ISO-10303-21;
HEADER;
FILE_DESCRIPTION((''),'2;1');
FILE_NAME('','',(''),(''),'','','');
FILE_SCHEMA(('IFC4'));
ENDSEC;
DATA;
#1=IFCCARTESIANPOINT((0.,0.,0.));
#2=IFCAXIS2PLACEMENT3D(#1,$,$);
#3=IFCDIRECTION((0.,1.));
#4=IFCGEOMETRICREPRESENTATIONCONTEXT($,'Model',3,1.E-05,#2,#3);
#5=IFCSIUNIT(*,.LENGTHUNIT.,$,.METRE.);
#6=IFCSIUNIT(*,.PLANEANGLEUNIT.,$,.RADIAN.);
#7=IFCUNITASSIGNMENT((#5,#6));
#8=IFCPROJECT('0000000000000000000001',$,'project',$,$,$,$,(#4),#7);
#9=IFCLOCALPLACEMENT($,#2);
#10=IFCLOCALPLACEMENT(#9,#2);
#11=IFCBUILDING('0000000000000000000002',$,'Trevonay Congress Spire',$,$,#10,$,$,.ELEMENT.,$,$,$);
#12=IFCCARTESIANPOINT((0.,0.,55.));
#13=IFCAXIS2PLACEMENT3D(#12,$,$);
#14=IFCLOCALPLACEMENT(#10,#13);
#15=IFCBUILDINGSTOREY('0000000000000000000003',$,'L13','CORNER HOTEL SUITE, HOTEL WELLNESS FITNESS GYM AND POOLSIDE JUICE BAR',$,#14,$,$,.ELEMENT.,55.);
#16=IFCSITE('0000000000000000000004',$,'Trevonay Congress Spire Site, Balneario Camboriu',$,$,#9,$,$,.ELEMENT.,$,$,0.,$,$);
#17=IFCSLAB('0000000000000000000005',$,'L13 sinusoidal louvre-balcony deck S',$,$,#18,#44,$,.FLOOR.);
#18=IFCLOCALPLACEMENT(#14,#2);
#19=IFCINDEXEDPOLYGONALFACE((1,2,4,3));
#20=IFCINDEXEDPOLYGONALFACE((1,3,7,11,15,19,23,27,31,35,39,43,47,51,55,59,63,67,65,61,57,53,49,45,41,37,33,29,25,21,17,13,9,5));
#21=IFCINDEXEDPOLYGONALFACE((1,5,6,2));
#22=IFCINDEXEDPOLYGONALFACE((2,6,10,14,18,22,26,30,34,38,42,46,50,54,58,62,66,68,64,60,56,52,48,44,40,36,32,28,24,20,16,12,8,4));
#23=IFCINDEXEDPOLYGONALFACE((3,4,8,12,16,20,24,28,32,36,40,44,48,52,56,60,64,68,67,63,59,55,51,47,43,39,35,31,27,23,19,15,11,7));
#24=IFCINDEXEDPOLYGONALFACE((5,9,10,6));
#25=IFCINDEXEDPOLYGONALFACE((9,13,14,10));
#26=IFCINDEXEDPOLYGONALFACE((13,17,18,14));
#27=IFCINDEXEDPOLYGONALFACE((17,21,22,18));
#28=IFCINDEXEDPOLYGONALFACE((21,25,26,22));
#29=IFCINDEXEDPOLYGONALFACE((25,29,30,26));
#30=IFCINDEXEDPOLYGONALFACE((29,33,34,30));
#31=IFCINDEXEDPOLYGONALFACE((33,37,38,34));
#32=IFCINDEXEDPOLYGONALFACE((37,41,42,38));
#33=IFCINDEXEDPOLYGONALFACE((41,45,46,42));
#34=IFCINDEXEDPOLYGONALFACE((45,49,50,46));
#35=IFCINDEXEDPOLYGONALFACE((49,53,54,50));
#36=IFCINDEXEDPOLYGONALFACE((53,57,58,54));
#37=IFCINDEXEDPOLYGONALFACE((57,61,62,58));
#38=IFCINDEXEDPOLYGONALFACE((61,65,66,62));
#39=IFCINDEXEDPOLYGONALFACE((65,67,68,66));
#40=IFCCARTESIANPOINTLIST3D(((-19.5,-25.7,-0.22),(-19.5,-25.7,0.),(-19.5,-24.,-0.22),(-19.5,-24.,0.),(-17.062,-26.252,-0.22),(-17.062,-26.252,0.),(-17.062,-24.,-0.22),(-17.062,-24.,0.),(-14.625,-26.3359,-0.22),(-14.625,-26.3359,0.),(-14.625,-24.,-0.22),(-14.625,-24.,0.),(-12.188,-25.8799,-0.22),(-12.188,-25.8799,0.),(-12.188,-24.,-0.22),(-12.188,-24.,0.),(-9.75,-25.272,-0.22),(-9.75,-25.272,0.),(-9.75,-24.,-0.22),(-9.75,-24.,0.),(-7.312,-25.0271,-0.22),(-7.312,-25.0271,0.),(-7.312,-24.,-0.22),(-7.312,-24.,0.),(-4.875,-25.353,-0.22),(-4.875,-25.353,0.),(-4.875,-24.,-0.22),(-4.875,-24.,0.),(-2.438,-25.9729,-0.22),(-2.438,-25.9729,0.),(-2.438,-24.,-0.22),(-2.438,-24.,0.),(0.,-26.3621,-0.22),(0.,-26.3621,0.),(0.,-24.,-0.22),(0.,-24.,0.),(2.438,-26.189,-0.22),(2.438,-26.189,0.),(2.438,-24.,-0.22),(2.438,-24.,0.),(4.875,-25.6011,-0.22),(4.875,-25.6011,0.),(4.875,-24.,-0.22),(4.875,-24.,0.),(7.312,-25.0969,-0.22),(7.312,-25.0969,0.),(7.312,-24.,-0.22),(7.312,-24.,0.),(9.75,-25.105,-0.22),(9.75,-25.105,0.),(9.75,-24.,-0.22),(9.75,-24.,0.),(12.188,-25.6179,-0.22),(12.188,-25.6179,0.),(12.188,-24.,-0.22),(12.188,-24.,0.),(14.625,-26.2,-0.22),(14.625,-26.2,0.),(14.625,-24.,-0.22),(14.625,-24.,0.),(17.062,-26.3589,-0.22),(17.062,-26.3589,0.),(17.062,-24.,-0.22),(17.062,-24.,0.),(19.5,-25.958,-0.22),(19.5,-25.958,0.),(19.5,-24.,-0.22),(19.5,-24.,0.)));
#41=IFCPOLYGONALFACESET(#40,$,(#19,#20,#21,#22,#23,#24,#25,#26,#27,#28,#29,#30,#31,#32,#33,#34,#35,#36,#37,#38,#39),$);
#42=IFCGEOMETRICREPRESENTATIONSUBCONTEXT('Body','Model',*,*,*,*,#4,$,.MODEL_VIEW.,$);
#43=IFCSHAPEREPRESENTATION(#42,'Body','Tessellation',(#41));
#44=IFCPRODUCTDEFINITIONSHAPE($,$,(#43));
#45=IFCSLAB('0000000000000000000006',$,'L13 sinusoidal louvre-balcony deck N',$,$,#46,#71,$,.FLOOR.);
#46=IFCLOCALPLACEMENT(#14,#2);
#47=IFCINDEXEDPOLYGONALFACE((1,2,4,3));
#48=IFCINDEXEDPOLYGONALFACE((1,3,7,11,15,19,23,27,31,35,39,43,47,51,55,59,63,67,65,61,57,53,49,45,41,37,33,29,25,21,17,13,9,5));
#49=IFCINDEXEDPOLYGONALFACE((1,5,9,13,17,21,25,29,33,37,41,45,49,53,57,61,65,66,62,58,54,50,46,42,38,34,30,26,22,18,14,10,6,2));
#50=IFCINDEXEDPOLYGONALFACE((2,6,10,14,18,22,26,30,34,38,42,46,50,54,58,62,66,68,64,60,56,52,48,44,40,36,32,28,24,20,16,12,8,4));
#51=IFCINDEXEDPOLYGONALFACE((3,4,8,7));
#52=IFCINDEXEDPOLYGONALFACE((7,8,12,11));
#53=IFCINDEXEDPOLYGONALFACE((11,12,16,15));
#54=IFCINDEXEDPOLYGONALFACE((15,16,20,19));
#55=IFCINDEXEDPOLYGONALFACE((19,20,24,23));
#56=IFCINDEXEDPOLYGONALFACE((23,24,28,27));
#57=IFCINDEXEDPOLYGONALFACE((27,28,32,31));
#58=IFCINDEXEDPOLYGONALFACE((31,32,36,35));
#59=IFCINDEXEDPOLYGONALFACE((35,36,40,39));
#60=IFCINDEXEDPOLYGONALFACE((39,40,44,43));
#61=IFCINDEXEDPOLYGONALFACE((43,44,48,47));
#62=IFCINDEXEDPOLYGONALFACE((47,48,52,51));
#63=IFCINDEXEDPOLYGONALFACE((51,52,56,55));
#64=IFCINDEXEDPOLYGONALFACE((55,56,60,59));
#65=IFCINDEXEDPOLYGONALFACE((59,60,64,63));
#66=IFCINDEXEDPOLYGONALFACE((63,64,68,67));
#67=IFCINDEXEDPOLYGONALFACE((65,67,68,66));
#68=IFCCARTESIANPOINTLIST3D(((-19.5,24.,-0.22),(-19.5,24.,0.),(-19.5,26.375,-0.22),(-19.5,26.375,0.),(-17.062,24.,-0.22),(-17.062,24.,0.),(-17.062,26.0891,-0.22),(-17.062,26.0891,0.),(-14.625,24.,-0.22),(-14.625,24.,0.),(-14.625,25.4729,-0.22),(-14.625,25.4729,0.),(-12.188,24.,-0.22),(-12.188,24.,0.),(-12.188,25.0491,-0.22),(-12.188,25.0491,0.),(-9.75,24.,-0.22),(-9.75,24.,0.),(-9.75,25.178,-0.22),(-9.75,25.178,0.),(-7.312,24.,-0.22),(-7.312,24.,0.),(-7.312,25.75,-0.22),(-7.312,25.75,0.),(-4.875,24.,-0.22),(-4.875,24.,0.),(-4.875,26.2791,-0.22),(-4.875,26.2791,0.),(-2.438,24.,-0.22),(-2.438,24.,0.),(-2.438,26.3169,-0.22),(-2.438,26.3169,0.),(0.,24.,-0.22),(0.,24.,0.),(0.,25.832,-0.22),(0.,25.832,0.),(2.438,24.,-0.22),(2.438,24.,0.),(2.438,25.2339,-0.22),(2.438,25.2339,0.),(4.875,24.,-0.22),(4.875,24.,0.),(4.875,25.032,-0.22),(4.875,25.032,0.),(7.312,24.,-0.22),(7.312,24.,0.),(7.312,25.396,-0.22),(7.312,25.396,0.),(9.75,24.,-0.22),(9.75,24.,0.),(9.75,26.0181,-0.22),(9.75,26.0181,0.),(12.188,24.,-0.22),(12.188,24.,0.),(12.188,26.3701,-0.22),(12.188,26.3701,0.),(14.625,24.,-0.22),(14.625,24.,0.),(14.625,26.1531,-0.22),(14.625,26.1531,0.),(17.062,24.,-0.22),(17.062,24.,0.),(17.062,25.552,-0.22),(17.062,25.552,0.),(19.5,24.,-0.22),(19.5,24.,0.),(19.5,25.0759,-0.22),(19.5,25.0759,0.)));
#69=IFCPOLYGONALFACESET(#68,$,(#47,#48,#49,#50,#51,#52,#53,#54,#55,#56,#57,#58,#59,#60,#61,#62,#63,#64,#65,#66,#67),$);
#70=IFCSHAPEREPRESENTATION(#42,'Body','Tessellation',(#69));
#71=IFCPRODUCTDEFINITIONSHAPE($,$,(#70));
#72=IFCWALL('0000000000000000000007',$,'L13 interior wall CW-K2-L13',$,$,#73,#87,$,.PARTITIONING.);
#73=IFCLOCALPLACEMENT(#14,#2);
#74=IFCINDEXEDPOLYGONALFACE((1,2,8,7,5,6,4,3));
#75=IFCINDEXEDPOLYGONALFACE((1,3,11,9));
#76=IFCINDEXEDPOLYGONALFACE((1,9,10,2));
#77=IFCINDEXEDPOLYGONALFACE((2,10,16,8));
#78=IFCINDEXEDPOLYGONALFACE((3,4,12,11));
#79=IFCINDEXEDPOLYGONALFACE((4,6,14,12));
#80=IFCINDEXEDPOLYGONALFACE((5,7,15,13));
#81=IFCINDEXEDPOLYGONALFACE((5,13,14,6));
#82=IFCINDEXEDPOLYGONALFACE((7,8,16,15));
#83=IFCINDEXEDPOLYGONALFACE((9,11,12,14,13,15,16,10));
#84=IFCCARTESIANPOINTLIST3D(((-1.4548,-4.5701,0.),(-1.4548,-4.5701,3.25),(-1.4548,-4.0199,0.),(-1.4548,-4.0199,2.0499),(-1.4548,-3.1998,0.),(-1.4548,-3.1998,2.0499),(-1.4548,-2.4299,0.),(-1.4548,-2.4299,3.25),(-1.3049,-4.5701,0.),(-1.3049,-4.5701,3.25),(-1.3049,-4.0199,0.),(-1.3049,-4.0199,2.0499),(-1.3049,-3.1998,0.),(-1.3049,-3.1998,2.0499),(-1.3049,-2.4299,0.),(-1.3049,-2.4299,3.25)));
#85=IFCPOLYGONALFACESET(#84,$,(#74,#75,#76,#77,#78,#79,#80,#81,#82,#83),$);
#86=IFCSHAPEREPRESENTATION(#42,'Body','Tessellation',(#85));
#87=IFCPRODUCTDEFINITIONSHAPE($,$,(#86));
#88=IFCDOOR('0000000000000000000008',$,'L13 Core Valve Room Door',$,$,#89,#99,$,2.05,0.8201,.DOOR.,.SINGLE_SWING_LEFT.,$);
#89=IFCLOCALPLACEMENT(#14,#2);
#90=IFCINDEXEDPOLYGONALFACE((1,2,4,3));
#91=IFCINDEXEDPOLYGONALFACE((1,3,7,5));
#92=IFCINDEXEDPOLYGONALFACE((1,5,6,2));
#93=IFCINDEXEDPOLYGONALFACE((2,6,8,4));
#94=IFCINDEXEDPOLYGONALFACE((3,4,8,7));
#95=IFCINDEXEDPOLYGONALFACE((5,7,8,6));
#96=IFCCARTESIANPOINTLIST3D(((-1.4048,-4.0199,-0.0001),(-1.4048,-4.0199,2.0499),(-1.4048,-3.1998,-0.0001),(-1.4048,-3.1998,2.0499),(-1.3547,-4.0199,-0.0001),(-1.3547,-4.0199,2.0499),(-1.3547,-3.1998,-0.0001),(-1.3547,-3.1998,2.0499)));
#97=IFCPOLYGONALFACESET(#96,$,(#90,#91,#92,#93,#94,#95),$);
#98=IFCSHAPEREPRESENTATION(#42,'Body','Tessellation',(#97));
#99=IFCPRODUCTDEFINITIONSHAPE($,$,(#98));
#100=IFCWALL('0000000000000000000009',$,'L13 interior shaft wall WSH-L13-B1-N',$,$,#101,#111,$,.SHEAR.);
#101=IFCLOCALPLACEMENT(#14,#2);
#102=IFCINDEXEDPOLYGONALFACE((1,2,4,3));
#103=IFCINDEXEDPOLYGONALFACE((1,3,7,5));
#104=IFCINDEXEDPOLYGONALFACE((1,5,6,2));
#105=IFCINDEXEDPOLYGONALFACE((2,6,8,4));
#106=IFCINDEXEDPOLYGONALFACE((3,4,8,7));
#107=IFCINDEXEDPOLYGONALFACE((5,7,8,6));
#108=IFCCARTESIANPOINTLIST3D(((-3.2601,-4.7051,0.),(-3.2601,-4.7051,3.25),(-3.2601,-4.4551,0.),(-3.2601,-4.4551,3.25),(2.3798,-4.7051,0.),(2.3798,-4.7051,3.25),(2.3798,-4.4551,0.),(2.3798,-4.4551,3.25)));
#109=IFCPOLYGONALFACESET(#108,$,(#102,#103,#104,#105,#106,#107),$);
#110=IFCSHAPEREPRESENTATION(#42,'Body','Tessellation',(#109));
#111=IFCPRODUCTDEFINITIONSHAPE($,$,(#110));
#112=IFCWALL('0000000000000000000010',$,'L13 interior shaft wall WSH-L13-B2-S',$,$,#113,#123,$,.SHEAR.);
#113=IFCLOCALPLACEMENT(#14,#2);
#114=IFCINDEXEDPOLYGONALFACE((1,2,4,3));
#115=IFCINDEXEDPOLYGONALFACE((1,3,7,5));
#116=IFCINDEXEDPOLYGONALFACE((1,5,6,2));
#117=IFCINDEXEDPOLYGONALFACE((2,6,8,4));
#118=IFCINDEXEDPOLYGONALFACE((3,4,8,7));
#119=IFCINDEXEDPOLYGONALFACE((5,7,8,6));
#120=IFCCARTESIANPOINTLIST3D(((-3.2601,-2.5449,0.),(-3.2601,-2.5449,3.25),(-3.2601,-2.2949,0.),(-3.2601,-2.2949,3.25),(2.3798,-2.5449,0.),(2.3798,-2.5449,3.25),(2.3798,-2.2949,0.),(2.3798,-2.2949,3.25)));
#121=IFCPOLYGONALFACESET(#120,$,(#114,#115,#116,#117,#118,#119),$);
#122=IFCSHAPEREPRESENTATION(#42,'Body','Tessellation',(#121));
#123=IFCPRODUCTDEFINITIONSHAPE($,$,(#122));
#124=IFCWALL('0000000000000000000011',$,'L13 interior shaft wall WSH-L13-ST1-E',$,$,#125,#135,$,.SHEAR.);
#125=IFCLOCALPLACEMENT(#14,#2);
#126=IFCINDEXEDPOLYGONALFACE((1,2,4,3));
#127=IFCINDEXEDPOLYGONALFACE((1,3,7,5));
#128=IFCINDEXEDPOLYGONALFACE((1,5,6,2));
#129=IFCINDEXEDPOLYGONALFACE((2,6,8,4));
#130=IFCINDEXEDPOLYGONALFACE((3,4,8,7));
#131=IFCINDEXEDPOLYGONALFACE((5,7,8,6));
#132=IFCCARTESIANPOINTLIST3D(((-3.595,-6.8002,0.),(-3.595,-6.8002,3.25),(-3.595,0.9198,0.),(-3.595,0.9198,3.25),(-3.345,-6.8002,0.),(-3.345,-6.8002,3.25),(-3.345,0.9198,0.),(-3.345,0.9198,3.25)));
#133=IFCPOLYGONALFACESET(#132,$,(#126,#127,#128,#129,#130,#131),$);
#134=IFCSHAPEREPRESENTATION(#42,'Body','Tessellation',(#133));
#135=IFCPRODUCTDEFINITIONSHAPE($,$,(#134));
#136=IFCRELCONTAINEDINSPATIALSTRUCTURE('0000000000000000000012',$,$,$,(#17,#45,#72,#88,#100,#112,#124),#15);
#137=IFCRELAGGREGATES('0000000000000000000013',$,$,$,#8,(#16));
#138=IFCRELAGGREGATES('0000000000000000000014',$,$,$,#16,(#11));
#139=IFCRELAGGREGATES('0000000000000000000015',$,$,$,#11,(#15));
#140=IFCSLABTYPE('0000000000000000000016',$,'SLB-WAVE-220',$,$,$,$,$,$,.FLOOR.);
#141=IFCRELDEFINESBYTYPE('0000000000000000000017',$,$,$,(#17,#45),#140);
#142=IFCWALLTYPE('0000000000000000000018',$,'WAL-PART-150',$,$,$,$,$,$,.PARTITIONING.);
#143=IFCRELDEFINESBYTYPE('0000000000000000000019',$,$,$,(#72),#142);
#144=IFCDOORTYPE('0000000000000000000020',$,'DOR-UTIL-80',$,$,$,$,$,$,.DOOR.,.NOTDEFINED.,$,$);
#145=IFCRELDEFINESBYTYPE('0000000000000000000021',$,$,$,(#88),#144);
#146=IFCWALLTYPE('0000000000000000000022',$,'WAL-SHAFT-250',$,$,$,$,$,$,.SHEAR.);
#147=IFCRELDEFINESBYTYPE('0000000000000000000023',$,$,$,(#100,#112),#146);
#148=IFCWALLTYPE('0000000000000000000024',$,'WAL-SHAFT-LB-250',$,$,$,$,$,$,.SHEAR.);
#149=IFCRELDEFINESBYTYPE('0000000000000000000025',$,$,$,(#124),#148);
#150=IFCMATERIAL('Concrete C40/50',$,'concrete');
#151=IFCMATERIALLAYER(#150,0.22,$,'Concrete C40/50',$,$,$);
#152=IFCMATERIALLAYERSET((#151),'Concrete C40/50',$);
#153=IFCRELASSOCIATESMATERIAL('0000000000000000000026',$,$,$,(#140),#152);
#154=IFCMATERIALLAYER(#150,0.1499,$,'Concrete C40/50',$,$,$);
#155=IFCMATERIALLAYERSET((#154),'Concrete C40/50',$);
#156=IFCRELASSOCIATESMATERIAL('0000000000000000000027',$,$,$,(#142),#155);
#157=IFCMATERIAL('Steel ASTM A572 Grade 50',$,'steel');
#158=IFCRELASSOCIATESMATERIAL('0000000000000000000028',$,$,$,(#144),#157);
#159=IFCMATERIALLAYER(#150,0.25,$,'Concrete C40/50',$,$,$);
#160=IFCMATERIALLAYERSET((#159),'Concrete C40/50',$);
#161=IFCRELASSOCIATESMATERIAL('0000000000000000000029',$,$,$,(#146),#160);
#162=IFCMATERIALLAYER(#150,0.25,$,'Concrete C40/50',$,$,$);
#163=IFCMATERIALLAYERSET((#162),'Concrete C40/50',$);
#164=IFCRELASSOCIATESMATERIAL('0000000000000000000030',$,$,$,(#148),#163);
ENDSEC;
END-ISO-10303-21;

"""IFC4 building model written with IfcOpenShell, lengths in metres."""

from ifc_helpers import new_model, si_unit, direction, frame, frame_2d, origin, place, context, subcontext, project, spatial, polyline, rectangle, outline, extrude, material, layer, layer_set, type_object, element, fill, save


model = new_model("IFC4")

# Units and contexts
model_context = context("Model", 3, precision=1e-05, world=origin(), true_north=direction((0.0, 1.0)))
body_context = subcontext(model_context, "Body", "Model", "MODEL_VIEW")
ifc_project = project(units=[si_unit("LENGTHUNIT", "METRE"), si_unit("PLANEANGLEUNIT", "RADIAN")], contexts=[model_context])

# Site, building, storey
site_placement = place(None, origin())
site = spatial("IfcSite", under=ifc_project, at=site_placement, Name="Trevonay Congress Spire Site, Balneario Camboriu", CompositionType="ELEMENT", RefElevation=0.0)
building_placement = place(site_placement, origin())
building = spatial("IfcBuilding", under=site, at=building_placement, Name="Trevonay Congress Spire", CompositionType="ELEMENT")
storey_placement = place(building_placement, frame((0.0, 0.0, 55.0)))
storey = spatial("IfcBuildingStorey", under=building, at=storey_placement, Name="L13", Description="CORNER HOTEL SUITE, HOTEL WELLNESS FITNESS GYM AND POOLSIDE JUICE BAR", CompositionType="ELEMENT", Elevation=55.0)

# Shared definitions
ifc_material_1 = material(Name="Steel ASTM A572 Grade 50", Category="steel")

# Slabs
ifc_material_2 = material(Name="Concrete C40/50", Category="concrete")
ifc_layer_1 = layer(ifc_material_2, 0.22, Name="Concrete C40/50")
ifc_layer_set_1 = layer_set([ifc_layer_1], Name="Concrete C40/50")
slab_type_1 = type_object("IfcSlabType", Name="SLB-WAVE-220", PredefinedType="FLOOR", material=ifc_layer_set_1)
slab_1_placement = place(storey_placement, frame((0.0, 0.0, -0.22)))
element("IfcSlab", 1, at=slab_1_placement, inside=storey, type_object=slab_type_1, Name="L13 sinusoidal louvre-balcony deck S", PredefinedType="FLOOR", context=body_context, shape_type="SweptSolid", body=[
    extrude(outline(polyline([(-19.5, -25.7), (-17.062, -26.252), (-14.625, -26.3359), (-12.188, -25.8799), (-9.75, -25.272), (-7.312, -25.0271), (-4.875, -25.353), (-2.438, -25.9729), (0.0, -26.3621), (2.438, -26.189), (4.875, -25.6011), (7.312, -25.0969), (9.75, -25.105), (12.188, -25.6179), (14.625, -26.2), (17.062, -26.3589), (19.5, -25.958), (19.5, -24.0), (17.062, -24.0), (14.625, -24.0), (12.188, -24.0), (9.75, -24.0), (7.312, -24.0), (4.875, -24.0), (2.438, -24.0), (0.0, -24.0), (-2.438, -24.0), (-4.875, -24.0), (-7.312, -24.0), (-9.75, -24.0), (-12.188, -24.0), (-14.625, -24.0), (-17.062, -24.0), (-19.5, -24.0), (-19.5, -25.7)])), origin(), (0.0, 0.0, 1.0), 0.22),
])
slab_2_placement = place(storey_placement, frame((0.0, 0.0, -0.22)))
element("IfcSlab", 2, at=slab_2_placement, inside=storey, type_object=slab_type_1, Name="L13 sinusoidal louvre-balcony deck N", PredefinedType="FLOOR", context=body_context, shape_type="SweptSolid", body=[
    extrude(outline(polyline([(-19.5, 24.0), (-17.062, 24.0), (-14.625, 24.0), (-12.188, 24.0), (-9.75, 24.0), (-7.312, 24.0), (-4.875, 24.0), (-2.438, 24.0), (0.0, 24.0), (2.438, 24.0), (4.875, 24.0), (7.312, 24.0), (9.75, 24.0), (12.188, 24.0), (14.625, 24.0), (17.062, 24.0), (19.5, 24.0), (19.5, 25.0759), (17.062, 25.552), (14.625, 26.1531), (12.188, 26.3701), (9.75, 26.0181), (7.312, 25.396), (4.875, 25.032), (2.438, 25.2339), (0.0, 25.832), (-2.438, 26.3169), (-4.875, 26.2791), (-7.312, 25.75), (-9.75, 25.178), (-12.188, 25.0491), (-14.625, 25.4729), (-17.062, 26.0891), (-19.5, 26.375), (-19.5, 24.0)])), origin(), (0.0, 0.0, 1.0), 0.22),
])

# Wall, opening, door
ifc_layer_2 = layer(ifc_material_2, 0.1499, Name="Concrete C40/50")
ifc_layer_set_2 = layer_set([ifc_layer_2], Name="Concrete C40/50")
wall_type_1 = type_object("IfcWallType", Name="WAL-PART-150", PredefinedType="PARTITIONING", material=ifc_layer_set_2)
wall_1_placement = place(storey_placement, frame((-1.3799, -4.5701, 0.0), z_axis=(0.0, 0.0, 1.0), x_axis=(0.0, 1.0, 0.0)))
wall_1 = element("IfcWall", 3, at=wall_1_placement, inside=storey, type_object=wall_type_1, Name="L13 interior wall CW-K2-L13", PredefinedType="PARTITIONING", context=body_context, shape_type="SweptSolid", body=[
    extrude(rectangle(XDim=2.1401, YDim=0.1499, at=frame_2d((1.0701, 0.0))), origin(), (0.0, 0.0, 1.0), 3.25),
])
opening_placement = place(wall_1_placement, frame((0.55, 0.0, 0.0)))
opening = element("IfcOpeningElement", 4, at=opening_placement, cuts=wall_1, PredefinedType="OPENING", context=body_context, shape_type="SweptSolid", body=[
    extrude(rectangle(XDim=0.8201, YDim=2.05, at=frame_2d((0.4102, 1.0249))), frame((0.0, 0.085, 0.0), z_axis=(0.0, -1.0, 0.0), x_axis=(1.0, 0.0, 0.0)), (0.0, 0.0, 1.0), 0.1699),
])
door_type = type_object("IfcDoorType", Name="DOR-UTIL-80", OperationType="NOTDEFINED", PredefinedType="DOOR", material=ifc_material_1)
door_placement = place(opening_placement, origin())
door = element("IfcDoor", 5, at=door_placement, inside=storey, type_object=door_type, Name="L13 Core Valve Room Door", OperationType="SINGLE_SWING_LEFT", OverallHeight=2.05, OverallWidth=0.8201, PredefinedType="DOOR", context=body_context, shape_type="SweptSolid", body=[
    extrude(rectangle(XDim=0.8201, YDim=2.05, at=frame_2d((0.4102, 1.0249))), frame((0.0, 0.0249, 0.0), z_axis=(0.0, -1.0, 0.0), x_axis=(1.0, 0.0, 0.0)), (0.0, 0.0, 1.0), 0.05),
])
fill(opening, door)

# Walls
ifc_layer_3 = layer(ifc_material_2, 0.25, Name="Concrete C40/50")
ifc_layer_set_3 = layer_set([ifc_layer_3], Name="Concrete C40/50")
wall_type_2 = type_object("IfcWallType", Name="WAL-SHAFT-250", PredefinedType="SHEAR", material=ifc_layer_set_3)
for number, where, z_axis, x_axis, name in (
    (6, (-3.26, -4.5801, 0.0), (0.0, 0.0, 1.0), (1.0, 0.0, 0.0), "L13 interior shaft wall WSH-L13-B1-N"),
    (7, (-3.26, -2.4199, 0.0), (0.0, 0.0, 1.0), (1.0, 0.0, 0.0), "L13 interior shaft wall WSH-L13-B2-S"),
):
    element("IfcWall", number, at=place(storey_placement, frame(where, z_axis=z_axis, x_axis=x_axis)), inside=storey, type_object=wall_type_2, Name=name, PredefinedType="SHEAR", context=body_context, shape_type="SweptSolid", body=[
        extrude(rectangle(XDim=5.6399, YDim=0.25, at=frame_2d((2.8198, 0.0))), origin(), (0.0, 0.0, 1.0), 3.25),
    ])
ifc_layer_4 = layer(ifc_material_2, 0.25, Name="Concrete C40/50")
ifc_layer_set_4 = layer_set([ifc_layer_4], Name="Concrete C40/50")
wall_type_3 = type_object("IfcWallType", Name="WAL-SHAFT-LB-250", PredefinedType="SHEAR", material=ifc_layer_set_4)
wall_2_placement = place(storey_placement, frame((-3.47, -6.8, 0.0), z_axis=(0.0, 0.0, 1.0), x_axis=(0.0, 1.0, 0.0)))
element("IfcWall", 8, at=wall_2_placement, inside=storey, type_object=wall_type_3, Name="L13 interior shaft wall WSH-L13-ST1-E", PredefinedType="SHEAR", context=body_context, shape_type="SweptSolid", body=[
    extrude(rectangle(XDim=7.72, YDim=0.25, at=frame_2d((3.8599, 0.0))), origin(), (0.0, 0.0, 1.0), 3.25),
])

save(model, "model.ifc")
